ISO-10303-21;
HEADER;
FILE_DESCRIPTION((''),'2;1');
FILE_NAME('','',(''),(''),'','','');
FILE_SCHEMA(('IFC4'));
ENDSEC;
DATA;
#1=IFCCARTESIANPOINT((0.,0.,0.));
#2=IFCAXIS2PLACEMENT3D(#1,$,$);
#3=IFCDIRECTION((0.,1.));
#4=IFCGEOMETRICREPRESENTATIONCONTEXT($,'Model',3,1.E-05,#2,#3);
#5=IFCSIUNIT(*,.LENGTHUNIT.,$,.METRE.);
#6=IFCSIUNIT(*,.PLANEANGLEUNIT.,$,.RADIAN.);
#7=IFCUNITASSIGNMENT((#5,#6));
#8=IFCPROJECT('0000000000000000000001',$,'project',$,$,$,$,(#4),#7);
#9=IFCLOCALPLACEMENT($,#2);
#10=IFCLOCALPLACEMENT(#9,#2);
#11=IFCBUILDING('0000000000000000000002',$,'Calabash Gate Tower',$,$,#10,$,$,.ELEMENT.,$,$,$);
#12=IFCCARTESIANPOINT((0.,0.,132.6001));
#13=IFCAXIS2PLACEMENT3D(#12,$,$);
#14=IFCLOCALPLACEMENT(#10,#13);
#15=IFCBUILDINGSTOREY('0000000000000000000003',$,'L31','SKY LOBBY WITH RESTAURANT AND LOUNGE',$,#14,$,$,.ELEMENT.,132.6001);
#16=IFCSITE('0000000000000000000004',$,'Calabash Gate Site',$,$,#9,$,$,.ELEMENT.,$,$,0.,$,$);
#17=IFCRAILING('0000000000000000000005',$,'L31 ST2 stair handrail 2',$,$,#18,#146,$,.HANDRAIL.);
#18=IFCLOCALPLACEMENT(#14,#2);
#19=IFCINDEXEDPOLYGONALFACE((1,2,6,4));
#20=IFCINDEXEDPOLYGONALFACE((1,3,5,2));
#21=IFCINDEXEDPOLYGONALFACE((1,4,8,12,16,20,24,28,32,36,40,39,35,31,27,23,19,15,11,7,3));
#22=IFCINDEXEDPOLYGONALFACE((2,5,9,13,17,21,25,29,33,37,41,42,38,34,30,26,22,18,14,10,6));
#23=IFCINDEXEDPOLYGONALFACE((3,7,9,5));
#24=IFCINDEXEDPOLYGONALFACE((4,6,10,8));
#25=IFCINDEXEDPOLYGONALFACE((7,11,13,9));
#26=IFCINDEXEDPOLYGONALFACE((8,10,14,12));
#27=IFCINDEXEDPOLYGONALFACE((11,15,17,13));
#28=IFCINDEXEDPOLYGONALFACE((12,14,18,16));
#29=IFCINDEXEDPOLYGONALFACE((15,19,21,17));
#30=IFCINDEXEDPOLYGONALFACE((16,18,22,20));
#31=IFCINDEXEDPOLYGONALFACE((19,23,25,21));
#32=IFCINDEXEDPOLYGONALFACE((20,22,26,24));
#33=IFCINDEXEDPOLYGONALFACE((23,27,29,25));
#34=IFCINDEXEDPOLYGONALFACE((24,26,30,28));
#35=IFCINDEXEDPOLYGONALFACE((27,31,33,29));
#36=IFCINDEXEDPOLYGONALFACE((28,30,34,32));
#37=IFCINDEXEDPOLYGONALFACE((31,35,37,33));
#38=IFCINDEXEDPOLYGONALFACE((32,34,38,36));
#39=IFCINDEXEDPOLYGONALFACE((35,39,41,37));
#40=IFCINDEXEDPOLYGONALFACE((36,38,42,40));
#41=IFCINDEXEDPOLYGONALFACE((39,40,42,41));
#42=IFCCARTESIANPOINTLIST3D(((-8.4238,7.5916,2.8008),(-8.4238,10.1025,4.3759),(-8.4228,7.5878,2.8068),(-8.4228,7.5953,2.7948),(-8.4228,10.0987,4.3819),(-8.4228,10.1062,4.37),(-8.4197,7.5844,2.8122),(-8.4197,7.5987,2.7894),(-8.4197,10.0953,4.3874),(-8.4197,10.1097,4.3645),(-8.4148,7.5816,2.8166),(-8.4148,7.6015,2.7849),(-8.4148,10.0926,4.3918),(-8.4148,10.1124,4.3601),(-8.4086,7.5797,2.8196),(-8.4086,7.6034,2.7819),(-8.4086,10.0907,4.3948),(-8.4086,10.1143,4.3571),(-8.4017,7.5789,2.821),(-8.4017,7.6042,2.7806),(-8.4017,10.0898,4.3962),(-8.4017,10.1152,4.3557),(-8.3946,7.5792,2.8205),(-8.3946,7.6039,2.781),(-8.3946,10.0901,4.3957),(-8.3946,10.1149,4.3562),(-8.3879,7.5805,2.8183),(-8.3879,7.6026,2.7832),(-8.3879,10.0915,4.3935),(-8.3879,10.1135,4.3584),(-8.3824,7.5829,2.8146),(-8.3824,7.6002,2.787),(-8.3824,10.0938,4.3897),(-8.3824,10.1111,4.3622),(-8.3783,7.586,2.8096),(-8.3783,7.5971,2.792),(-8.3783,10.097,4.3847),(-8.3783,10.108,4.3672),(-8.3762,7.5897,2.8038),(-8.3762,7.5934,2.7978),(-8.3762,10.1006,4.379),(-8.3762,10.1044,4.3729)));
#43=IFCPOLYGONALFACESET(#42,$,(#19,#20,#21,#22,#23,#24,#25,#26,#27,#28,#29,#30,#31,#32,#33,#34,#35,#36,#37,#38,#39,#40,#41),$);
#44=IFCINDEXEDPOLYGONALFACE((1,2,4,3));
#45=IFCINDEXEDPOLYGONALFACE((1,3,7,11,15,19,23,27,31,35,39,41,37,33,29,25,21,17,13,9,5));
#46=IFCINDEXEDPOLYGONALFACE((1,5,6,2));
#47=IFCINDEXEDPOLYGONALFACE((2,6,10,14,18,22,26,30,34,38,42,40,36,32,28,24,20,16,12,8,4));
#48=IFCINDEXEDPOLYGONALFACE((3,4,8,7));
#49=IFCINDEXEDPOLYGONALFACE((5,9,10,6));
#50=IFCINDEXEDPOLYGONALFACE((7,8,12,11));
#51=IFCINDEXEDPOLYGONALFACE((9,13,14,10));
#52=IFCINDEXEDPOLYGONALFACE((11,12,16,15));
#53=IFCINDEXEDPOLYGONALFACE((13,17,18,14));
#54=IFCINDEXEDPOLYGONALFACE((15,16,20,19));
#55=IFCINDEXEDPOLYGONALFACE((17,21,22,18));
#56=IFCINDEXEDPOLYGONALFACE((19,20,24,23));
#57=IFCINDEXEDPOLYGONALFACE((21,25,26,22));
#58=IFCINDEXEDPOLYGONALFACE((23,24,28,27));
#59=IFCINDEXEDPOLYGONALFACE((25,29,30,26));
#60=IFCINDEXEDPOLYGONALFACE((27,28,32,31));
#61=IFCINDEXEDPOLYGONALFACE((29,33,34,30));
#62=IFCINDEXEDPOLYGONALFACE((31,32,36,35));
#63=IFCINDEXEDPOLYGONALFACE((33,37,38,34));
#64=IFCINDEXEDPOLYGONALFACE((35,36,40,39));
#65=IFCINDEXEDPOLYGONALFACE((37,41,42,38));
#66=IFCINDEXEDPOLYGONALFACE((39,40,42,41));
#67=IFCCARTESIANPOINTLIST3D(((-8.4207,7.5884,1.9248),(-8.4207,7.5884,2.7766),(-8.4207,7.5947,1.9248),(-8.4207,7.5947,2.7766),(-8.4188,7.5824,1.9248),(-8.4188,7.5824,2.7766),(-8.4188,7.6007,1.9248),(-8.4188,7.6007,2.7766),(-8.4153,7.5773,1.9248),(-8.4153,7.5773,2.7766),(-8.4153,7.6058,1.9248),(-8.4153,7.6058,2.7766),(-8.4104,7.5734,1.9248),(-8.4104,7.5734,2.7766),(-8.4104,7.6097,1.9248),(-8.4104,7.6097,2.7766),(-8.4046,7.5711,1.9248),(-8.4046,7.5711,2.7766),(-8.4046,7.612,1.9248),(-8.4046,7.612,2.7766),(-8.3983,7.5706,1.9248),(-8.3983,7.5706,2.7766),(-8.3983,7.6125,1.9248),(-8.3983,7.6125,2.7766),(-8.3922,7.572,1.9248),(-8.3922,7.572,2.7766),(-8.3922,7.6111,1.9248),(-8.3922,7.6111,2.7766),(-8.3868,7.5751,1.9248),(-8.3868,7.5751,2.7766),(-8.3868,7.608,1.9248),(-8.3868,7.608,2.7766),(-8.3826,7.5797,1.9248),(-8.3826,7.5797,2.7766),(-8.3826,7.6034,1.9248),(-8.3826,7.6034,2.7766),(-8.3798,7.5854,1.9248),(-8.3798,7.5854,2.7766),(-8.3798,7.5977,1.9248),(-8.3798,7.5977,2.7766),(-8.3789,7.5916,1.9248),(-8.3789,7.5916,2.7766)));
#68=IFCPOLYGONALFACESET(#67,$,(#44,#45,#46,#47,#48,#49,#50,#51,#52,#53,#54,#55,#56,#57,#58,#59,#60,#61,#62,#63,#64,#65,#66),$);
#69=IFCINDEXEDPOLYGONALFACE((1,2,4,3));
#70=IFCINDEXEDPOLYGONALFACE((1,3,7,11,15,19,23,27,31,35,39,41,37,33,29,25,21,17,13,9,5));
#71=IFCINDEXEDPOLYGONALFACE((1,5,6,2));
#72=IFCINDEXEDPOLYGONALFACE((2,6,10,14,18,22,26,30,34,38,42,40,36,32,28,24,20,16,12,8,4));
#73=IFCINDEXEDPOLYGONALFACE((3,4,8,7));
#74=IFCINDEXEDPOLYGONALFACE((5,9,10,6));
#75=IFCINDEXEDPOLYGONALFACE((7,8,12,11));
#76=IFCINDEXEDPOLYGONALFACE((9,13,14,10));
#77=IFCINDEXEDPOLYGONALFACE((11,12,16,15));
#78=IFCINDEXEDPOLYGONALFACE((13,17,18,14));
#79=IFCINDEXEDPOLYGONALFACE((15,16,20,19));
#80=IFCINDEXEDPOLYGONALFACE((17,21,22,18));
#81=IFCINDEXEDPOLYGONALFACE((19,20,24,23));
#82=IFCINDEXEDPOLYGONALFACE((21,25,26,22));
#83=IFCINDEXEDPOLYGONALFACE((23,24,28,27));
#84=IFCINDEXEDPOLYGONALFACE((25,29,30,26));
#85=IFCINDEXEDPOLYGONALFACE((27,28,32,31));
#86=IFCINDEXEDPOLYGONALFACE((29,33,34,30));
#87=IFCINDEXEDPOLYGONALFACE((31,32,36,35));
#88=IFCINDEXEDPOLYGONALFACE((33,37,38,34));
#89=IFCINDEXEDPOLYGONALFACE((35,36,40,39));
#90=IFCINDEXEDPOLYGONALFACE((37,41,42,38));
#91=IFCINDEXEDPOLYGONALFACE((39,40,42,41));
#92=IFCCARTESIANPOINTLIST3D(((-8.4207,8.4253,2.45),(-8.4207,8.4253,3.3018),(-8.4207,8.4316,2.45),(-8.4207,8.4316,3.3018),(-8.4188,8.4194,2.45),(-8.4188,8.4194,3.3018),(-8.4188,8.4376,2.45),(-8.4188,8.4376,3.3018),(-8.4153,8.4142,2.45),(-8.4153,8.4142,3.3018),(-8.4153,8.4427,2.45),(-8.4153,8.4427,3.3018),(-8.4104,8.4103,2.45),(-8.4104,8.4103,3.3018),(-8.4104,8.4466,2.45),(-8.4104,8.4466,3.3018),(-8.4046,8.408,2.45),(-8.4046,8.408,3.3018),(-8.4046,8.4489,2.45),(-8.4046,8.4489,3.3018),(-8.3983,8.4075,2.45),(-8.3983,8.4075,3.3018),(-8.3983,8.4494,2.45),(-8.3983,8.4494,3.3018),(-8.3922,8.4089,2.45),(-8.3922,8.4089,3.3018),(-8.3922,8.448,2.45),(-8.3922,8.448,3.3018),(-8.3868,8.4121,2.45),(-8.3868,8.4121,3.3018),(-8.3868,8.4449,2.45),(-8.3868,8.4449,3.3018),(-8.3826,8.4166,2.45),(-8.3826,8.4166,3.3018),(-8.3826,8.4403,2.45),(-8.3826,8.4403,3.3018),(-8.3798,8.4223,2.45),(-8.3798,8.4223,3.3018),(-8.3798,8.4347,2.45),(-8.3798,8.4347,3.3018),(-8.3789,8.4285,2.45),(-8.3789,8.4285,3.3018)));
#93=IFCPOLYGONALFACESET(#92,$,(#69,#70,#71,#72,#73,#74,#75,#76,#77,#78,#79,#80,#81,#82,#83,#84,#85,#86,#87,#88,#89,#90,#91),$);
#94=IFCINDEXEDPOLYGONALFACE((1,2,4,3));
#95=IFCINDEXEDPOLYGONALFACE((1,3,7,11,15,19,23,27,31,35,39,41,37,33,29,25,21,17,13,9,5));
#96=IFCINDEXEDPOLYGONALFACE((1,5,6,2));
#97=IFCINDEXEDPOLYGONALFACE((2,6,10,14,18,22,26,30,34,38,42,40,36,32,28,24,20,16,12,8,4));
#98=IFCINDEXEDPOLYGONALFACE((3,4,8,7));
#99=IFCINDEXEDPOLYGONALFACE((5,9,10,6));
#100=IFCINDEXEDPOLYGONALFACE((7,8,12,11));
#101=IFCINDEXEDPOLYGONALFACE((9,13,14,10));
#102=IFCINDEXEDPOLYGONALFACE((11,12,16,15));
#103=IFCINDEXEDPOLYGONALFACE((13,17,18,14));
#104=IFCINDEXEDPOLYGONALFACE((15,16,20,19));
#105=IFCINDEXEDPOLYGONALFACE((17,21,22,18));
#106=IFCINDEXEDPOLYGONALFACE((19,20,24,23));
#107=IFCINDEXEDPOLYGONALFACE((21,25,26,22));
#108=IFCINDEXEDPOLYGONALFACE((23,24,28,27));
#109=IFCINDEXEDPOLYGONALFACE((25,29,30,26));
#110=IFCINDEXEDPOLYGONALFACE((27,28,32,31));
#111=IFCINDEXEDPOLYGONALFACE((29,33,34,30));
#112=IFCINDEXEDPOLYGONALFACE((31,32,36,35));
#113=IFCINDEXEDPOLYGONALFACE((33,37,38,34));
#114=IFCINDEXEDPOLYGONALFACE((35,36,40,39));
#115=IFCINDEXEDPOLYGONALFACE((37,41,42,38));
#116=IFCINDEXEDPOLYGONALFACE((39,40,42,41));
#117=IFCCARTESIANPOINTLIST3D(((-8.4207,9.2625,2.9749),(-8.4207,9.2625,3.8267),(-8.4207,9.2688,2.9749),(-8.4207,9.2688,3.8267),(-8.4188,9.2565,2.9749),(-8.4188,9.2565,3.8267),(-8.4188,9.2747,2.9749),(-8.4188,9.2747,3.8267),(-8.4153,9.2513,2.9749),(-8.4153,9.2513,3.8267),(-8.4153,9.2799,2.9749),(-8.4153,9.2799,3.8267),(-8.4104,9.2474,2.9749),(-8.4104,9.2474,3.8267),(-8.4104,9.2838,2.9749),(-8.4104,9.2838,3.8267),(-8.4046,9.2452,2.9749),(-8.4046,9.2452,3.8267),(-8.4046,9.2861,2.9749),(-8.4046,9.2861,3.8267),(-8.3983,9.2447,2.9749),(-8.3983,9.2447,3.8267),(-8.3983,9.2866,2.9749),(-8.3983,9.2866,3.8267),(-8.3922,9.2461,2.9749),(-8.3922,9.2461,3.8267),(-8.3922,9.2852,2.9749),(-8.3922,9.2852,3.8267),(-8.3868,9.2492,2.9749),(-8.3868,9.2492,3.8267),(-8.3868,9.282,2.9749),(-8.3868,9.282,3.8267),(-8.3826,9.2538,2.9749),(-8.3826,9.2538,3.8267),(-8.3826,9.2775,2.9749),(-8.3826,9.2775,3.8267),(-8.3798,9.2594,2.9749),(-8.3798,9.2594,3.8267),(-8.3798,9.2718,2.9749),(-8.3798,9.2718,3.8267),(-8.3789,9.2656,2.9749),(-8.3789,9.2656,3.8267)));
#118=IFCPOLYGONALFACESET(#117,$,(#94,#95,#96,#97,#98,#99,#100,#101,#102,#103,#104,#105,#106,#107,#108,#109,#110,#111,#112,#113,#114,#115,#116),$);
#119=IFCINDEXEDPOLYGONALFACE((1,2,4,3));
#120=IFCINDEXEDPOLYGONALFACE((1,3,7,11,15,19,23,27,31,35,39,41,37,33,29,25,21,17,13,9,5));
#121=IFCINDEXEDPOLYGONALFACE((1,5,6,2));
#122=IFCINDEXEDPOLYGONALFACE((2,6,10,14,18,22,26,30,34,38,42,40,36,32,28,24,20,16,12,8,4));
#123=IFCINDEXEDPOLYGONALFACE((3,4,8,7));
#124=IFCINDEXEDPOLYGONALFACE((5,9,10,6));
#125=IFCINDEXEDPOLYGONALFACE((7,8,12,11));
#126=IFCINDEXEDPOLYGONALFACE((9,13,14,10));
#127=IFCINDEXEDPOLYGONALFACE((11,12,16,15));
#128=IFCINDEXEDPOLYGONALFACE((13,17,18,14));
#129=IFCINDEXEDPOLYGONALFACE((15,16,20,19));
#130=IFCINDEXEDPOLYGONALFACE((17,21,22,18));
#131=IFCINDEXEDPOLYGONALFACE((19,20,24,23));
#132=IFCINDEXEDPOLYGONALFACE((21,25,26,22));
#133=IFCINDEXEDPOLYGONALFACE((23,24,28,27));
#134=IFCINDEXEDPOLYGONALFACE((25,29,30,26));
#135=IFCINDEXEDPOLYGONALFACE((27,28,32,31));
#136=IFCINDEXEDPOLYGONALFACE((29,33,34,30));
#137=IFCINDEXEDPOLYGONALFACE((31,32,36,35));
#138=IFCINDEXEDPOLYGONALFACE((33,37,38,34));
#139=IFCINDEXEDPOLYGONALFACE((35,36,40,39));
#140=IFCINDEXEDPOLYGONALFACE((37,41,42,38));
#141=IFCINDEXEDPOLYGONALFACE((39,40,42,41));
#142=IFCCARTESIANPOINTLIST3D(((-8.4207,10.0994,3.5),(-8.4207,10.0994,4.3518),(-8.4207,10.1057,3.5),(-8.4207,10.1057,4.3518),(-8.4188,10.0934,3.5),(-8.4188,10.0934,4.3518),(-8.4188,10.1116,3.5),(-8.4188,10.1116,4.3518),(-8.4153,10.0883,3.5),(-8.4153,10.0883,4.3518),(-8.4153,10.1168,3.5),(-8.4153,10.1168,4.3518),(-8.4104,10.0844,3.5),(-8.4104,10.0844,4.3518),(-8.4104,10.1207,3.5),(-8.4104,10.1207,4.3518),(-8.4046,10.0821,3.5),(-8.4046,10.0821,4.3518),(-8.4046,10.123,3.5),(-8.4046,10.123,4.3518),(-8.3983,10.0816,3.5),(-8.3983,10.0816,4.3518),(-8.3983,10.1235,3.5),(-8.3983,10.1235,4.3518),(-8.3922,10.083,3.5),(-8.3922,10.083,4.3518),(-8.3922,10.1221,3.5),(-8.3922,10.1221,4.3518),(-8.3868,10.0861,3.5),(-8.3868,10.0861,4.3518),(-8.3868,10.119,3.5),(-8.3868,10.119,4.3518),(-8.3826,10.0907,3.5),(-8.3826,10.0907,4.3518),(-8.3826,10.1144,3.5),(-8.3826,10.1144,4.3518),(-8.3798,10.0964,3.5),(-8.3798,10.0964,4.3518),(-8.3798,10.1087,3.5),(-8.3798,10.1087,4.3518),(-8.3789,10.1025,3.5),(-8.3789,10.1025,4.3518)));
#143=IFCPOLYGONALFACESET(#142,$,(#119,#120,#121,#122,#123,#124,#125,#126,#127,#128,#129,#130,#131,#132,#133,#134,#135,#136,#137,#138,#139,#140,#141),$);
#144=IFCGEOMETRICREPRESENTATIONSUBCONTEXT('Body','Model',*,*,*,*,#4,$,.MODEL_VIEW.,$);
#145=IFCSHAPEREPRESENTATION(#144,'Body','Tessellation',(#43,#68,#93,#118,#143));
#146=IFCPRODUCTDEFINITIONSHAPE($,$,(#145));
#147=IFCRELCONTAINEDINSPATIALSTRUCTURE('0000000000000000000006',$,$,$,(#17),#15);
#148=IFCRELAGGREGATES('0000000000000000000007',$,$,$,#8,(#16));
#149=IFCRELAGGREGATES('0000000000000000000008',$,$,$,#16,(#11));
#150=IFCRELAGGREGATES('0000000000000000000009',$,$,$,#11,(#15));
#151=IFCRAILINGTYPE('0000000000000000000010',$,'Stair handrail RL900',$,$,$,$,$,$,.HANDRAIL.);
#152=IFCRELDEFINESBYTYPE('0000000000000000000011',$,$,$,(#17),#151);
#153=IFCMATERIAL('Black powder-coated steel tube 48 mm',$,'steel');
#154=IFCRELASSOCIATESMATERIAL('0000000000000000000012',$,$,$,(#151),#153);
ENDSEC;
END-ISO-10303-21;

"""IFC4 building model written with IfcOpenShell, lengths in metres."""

from ifc_helpers import new_model, si_unit, direction, frame, origin, origin_2d, place, context, subcontext, project, spatial, circle, extrude, material, type_object, element, save


model = new_model("IFC4")

# Units and contexts
model_context = context("Model", 3, precision=1e-05, world=origin(), true_north=direction((0.0, 1.0)))
body_context = subcontext(model_context, "Body", "Model", "MODEL_VIEW")
ifc_project = project(units=[si_unit("LENGTHUNIT", "METRE"), si_unit("PLANEANGLEUNIT", "RADIAN")], contexts=[model_context])

# Site, building, storey
site_placement = place(None, origin())
site = spatial("IfcSite", under=ifc_project, at=site_placement, Name="Calabash Gate Site", CompositionType="ELEMENT", RefElevation=0.0)
building_placement = place(site_placement, origin())
building = spatial("IfcBuilding", under=site, at=building_placement, Name="Calabash Gate Tower", CompositionType="ELEMENT")
storey_placement = place(building_placement, frame((0.0, 0.0, 132.6001)))
storey = spatial("IfcBuildingStorey", under=building, at=storey_placement, Name="L31", Description="SKY LOBBY WITH RESTAURANT AND LOUNGE", CompositionType="ELEMENT", Elevation=132.6001)

# Railing
ifc_material_1 = material(Name="Black powder-coated steel tube 48 mm", Category="steel")
railing_type = type_object("IfcRailingType", Name="Stair handrail RL900", PredefinedType="HANDRAIL", material=ifc_material_1)
for number, where, name in (
    (1, (-8.3999, 7.5916, 1.9248), "L31 ST2 stair handrail 2"),
):
    element("IfcRailing", number, at=place(storey_placement, frame(where)), inside=storey, type_object=railing_type, Name=name, PredefinedType="HANDRAIL", context=body_context, shape_type="SweptSolid", body=[
        extrude(circle(Radius=0.0239, at=origin_2d()), frame((0.0, 0.0, 0.876), z_axis=(0.0, 0.847113, 0.531412), x_axis=(-1.0, 0.0, 0.0)), (0.0, 0.0, 1.0), 2.9641),
        extrude(circle(Radius=0.021, at=origin_2d()), origin(), (0.0, 0.0, 1.0), 0.8518),
        extrude(circle(Radius=0.021, at=origin_2d()), frame((0.0, 0.8369, 0.5251)), (0.0, 0.0, 1.0), 0.8518),
        extrude(circle(Radius=0.021, at=origin_2d()), frame((0.0, 1.6741, 1.05)), (0.0, 0.0, 1.0), 0.8518),
        extrude(circle(Radius=0.021, at=origin_2d()), frame((0.0, 2.511, 1.5752)), (0.0, 0.0, 1.0), 0.8518),
    ])

save(model, "model.ifc")
